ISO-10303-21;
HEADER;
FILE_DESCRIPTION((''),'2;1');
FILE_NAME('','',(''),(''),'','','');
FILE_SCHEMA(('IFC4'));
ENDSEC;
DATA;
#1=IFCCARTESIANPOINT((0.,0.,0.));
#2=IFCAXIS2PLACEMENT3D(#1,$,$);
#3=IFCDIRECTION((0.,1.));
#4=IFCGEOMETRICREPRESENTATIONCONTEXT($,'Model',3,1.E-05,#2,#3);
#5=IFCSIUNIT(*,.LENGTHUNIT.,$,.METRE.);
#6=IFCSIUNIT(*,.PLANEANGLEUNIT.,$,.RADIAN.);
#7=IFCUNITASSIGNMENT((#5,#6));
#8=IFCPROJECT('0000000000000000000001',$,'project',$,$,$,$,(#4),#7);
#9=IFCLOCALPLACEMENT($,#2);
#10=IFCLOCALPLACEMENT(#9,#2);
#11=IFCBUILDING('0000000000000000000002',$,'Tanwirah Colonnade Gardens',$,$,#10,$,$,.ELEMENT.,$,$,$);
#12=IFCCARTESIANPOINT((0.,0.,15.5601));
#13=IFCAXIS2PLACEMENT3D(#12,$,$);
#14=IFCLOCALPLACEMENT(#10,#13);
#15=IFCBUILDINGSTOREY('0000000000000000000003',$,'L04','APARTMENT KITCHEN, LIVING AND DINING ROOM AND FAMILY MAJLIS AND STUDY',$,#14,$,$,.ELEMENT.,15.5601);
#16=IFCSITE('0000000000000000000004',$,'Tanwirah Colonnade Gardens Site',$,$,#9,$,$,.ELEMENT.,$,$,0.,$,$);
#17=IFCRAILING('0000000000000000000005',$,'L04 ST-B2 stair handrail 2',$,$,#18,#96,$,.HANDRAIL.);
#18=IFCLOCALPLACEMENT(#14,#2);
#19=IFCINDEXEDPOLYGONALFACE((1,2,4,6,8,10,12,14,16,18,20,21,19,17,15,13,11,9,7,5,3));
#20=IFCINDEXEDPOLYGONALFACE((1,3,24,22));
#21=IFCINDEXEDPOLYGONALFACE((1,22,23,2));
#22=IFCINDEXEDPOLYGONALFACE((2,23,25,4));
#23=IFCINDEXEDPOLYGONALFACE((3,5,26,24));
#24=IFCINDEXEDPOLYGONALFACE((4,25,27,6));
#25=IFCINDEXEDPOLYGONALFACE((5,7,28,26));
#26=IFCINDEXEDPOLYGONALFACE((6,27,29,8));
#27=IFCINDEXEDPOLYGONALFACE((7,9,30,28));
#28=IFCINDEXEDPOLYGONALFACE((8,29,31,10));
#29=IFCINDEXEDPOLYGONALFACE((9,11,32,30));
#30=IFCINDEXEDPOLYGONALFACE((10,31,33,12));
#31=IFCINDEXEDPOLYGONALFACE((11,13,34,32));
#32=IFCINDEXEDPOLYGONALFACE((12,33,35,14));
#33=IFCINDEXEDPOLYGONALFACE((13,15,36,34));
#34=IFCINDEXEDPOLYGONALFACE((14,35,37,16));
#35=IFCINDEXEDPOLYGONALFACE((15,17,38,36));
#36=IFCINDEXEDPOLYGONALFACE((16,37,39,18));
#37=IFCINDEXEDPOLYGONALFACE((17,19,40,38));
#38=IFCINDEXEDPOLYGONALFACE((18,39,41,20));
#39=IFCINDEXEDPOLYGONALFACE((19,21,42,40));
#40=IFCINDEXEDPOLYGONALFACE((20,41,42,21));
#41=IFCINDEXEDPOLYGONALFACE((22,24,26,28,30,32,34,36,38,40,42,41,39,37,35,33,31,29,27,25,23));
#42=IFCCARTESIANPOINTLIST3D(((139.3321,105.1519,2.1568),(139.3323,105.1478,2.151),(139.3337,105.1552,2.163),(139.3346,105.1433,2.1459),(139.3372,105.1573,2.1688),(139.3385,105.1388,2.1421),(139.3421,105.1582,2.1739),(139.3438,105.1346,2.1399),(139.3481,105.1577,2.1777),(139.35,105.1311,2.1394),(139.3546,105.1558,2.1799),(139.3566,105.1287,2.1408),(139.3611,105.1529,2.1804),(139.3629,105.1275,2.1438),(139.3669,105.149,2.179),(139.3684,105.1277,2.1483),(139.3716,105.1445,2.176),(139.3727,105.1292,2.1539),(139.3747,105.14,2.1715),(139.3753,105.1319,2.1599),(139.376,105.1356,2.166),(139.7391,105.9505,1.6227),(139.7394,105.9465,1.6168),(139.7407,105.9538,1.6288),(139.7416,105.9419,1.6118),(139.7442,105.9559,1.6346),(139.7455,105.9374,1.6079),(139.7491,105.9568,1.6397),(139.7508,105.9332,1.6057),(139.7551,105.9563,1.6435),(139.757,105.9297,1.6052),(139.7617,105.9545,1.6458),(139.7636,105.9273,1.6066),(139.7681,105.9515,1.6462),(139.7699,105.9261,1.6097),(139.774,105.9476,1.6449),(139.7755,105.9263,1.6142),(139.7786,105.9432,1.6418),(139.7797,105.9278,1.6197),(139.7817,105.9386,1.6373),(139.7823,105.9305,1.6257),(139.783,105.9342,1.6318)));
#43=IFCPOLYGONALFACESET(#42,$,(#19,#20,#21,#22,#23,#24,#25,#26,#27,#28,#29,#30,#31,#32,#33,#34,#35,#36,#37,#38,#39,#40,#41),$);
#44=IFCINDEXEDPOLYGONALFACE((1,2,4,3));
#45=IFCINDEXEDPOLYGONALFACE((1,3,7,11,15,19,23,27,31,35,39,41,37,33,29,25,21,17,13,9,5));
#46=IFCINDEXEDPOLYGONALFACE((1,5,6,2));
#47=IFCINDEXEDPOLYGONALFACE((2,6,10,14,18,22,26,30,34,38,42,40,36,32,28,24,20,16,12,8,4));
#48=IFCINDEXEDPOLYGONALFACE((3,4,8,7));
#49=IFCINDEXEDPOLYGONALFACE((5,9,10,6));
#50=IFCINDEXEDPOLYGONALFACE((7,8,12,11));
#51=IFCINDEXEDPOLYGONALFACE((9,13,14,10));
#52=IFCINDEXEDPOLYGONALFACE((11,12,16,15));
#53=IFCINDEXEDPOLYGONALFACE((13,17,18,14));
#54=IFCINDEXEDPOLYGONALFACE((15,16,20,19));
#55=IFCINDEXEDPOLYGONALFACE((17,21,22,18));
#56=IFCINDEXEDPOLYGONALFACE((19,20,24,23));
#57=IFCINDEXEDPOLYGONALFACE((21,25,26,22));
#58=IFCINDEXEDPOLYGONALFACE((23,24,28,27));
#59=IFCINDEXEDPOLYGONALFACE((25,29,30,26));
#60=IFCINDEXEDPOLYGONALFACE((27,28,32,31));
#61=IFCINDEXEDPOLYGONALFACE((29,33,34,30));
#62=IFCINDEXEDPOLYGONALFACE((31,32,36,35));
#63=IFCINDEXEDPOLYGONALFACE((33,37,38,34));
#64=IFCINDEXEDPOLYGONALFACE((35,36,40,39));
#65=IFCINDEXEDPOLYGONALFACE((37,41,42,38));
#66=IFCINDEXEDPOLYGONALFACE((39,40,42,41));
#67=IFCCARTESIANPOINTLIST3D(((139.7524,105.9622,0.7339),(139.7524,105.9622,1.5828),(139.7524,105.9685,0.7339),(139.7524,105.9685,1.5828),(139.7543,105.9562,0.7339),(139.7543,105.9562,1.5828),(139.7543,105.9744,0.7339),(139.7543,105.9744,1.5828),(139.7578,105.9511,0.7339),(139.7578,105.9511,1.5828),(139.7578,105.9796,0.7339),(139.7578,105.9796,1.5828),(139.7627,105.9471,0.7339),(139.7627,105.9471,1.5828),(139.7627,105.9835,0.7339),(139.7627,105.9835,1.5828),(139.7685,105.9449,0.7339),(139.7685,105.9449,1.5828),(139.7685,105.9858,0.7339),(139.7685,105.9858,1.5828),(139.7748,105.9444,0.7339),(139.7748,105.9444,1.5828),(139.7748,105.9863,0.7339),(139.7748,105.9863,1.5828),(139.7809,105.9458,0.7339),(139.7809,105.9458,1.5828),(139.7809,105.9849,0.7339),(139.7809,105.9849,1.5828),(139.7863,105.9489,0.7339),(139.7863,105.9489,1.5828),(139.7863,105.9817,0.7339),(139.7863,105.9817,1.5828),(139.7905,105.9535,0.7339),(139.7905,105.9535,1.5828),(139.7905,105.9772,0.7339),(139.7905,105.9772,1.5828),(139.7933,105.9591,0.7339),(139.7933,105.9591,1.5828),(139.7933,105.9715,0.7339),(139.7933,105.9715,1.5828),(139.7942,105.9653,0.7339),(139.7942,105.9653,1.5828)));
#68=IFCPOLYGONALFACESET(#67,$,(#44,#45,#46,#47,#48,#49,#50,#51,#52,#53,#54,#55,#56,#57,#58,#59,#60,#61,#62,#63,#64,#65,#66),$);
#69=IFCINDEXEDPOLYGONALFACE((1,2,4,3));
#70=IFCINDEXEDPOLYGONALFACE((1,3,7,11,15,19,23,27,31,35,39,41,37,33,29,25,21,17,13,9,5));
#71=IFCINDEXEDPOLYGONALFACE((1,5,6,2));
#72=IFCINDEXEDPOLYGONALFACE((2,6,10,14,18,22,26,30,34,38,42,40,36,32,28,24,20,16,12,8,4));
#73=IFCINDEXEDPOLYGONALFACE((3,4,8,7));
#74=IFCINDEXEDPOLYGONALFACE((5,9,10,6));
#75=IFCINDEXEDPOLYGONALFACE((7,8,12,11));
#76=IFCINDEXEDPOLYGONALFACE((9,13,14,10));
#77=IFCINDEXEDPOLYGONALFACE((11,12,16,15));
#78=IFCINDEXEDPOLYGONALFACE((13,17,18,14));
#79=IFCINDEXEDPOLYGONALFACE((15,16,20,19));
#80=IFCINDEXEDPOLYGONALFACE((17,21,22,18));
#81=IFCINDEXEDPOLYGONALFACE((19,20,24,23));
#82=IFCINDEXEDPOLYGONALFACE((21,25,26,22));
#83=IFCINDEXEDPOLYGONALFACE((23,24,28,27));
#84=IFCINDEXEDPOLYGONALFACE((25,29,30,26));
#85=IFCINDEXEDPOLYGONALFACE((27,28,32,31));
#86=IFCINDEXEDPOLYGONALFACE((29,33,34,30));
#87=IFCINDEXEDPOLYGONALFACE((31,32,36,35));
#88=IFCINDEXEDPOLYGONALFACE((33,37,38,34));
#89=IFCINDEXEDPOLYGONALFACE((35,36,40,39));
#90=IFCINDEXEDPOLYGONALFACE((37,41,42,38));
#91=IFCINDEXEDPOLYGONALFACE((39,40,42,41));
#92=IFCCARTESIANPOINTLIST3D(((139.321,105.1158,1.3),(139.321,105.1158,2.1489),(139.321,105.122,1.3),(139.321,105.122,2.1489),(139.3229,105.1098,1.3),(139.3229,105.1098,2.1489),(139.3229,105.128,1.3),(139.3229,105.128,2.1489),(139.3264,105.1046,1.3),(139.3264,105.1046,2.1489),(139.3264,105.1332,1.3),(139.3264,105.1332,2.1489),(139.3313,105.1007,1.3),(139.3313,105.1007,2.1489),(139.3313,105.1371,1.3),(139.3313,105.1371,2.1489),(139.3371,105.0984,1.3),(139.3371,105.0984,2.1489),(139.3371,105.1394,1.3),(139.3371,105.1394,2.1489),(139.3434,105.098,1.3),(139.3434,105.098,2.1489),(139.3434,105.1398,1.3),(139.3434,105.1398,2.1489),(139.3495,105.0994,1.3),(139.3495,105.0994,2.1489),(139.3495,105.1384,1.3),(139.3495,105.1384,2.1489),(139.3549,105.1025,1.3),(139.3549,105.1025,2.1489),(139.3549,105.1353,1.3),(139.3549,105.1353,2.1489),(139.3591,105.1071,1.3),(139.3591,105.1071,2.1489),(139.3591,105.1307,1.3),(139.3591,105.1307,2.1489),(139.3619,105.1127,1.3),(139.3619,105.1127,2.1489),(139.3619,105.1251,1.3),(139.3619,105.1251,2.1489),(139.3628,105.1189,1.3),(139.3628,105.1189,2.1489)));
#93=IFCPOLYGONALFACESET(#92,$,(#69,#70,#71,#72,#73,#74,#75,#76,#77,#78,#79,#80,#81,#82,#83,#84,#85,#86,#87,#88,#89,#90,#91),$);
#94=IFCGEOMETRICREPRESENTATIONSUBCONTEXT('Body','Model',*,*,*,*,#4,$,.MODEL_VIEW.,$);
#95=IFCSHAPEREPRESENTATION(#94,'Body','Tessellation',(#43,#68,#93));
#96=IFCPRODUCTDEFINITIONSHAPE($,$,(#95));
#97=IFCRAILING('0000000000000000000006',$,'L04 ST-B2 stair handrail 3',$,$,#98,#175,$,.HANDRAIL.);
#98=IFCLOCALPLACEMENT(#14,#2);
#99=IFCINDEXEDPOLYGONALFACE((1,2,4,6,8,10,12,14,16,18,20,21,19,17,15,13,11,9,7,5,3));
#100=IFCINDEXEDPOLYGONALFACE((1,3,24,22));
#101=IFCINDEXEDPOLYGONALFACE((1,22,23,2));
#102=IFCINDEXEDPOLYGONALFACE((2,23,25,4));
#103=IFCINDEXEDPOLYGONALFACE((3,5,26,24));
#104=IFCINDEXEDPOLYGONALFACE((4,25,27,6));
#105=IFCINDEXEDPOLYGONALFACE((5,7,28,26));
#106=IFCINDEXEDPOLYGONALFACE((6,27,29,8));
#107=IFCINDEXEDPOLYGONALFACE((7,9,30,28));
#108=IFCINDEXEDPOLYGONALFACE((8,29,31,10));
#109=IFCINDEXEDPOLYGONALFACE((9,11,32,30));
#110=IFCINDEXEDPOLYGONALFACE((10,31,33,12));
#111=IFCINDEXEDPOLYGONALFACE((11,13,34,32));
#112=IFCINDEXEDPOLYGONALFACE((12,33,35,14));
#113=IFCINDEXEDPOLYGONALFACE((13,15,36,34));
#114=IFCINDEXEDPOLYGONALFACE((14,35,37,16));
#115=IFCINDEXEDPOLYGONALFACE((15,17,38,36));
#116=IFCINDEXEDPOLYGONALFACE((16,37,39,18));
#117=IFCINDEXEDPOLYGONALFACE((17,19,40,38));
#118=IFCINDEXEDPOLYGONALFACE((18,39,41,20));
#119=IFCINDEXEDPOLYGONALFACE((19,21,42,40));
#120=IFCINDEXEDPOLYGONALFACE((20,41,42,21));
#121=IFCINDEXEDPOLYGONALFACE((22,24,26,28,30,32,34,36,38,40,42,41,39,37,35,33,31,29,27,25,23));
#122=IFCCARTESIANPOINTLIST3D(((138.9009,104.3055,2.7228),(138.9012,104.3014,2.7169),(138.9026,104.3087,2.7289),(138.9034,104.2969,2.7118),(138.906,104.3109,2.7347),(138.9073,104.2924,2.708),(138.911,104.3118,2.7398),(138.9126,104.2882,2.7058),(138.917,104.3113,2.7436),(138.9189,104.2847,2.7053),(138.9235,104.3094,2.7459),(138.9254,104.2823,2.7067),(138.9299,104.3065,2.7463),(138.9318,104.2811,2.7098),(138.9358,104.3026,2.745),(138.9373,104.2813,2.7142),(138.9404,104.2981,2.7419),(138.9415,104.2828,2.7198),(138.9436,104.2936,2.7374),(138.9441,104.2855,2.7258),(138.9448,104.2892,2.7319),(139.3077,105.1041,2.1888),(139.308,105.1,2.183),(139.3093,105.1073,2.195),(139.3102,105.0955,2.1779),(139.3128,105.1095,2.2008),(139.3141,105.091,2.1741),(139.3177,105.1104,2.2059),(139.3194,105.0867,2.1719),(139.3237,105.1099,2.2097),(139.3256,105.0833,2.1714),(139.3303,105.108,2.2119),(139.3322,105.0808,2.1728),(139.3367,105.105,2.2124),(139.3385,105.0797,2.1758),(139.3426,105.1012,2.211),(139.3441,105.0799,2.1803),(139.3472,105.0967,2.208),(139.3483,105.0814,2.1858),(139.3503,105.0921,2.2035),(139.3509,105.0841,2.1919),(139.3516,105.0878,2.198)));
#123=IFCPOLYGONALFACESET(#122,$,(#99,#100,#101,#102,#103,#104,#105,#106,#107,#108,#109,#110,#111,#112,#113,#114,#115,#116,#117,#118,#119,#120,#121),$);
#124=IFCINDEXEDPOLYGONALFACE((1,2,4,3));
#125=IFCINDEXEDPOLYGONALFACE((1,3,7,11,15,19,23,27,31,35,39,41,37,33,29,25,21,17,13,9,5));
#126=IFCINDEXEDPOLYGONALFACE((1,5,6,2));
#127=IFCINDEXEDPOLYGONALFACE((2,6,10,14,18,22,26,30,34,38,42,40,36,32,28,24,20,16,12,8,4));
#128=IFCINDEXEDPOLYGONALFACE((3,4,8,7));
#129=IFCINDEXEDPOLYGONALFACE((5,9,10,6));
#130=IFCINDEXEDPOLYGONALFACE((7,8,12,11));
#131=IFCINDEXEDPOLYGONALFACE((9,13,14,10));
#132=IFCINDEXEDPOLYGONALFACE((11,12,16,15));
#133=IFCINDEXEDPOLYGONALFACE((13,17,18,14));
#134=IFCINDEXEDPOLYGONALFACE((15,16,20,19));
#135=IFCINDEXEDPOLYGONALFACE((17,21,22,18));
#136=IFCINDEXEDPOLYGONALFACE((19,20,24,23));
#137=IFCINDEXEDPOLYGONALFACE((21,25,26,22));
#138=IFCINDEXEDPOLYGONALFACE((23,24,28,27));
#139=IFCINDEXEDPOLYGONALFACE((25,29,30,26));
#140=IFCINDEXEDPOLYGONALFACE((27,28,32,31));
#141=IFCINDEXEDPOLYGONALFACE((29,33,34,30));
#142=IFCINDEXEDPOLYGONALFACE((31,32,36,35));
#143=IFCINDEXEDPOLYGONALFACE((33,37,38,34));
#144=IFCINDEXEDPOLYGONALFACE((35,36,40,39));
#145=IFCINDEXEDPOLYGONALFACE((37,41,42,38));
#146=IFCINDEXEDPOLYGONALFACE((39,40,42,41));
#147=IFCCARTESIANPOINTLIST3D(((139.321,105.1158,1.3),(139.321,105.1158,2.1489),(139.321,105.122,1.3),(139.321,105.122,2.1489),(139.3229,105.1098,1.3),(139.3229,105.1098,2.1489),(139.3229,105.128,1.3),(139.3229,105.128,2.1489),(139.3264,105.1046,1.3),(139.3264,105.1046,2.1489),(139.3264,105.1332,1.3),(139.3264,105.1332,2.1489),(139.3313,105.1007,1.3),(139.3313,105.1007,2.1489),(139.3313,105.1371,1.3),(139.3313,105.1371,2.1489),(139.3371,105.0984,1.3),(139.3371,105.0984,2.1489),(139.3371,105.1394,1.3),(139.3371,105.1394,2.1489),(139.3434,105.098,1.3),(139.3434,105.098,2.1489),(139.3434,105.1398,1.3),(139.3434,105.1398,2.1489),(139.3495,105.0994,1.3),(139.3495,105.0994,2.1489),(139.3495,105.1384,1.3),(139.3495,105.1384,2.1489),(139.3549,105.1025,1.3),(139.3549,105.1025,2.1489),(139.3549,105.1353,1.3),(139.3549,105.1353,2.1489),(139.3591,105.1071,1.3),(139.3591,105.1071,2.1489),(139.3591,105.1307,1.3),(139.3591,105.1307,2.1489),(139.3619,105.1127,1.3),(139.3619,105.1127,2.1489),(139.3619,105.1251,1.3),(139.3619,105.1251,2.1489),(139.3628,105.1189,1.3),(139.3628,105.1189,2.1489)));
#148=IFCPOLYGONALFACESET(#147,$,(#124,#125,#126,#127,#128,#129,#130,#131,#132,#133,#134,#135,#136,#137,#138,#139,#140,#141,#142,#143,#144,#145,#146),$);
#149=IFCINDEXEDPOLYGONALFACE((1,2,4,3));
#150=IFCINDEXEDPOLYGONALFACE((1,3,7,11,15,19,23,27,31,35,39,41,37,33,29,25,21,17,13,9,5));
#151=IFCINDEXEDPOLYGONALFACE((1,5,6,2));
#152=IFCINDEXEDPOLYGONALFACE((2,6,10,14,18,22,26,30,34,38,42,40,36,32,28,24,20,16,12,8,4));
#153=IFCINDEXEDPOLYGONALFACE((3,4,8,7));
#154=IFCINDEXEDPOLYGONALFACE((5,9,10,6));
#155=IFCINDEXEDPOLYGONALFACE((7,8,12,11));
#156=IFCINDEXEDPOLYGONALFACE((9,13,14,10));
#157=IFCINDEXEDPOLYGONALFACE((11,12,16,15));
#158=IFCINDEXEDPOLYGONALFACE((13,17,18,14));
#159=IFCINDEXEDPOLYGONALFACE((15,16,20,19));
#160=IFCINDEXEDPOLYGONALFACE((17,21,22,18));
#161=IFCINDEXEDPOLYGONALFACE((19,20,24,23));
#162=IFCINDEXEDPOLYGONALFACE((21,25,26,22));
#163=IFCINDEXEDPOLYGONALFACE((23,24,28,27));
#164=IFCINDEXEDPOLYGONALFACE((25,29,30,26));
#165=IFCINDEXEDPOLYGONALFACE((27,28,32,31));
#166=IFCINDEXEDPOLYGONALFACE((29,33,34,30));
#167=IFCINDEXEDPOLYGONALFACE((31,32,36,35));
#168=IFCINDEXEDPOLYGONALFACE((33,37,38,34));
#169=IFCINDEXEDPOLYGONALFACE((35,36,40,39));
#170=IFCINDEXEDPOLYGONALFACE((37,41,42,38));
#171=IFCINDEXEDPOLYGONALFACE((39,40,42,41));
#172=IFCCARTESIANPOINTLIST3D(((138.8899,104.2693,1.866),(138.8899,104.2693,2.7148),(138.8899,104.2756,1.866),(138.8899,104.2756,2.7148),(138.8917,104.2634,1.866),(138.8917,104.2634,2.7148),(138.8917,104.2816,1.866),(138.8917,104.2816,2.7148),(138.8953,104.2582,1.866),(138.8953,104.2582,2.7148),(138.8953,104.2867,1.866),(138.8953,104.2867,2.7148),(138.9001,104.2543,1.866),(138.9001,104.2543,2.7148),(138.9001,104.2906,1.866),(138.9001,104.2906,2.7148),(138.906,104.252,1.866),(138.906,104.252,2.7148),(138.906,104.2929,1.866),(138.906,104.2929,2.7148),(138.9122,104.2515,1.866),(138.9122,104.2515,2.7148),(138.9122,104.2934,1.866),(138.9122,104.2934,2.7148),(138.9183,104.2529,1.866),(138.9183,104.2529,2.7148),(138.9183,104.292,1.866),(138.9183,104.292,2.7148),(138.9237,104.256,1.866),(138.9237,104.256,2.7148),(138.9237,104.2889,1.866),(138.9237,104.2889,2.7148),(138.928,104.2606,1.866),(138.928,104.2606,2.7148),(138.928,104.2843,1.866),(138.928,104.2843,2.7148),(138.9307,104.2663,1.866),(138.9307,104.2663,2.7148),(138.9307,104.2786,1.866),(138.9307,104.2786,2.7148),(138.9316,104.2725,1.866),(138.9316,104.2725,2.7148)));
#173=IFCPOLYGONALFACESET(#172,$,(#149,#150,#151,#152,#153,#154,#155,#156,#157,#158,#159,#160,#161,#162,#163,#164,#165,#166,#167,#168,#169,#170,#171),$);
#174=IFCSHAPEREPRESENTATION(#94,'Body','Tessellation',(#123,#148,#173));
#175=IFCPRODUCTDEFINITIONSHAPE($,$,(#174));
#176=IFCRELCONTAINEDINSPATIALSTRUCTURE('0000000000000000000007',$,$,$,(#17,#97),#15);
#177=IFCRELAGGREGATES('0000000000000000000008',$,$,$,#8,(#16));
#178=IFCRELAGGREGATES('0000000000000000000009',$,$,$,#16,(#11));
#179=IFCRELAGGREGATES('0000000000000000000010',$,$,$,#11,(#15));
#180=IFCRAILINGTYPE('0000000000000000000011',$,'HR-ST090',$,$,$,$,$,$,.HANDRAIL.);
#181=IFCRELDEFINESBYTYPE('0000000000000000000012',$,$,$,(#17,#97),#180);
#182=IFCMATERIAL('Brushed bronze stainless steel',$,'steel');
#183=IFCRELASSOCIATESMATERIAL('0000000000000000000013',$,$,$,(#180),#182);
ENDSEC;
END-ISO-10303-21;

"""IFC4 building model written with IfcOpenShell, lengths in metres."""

from ifc_helpers import new_model, si_unit, direction, frame, origin, origin_2d, place, context, subcontext, project, spatial, circle, extrude, material, type_object, element, save


model = new_model("IFC4")

# Units and contexts
model_context = context("Model", 3, precision=1e-05, world=origin(), true_north=direction((0.0, 1.0)))
body_context = subcontext(model_context, "Body", "Model", "MODEL_VIEW")
ifc_project = project(units=[si_unit("LENGTHUNIT", "METRE"), si_unit("PLANEANGLEUNIT", "RADIAN")], contexts=[model_context])

# Site, building, storey
site_placement = place(None, origin())
site = spatial("IfcSite", under=ifc_project, at=site_placement, Name="Tanwirah Colonnade Gardens Site", CompositionType="ELEMENT", RefElevation=0.0)
building_placement = place(site_placement, origin())
building = spatial("IfcBuilding", under=site, at=building_placement, Name="Tanwirah Colonnade Gardens", CompositionType="ELEMENT")
storey_placement = place(building_placement, frame((0.0, 0.0, 15.5601)))
storey = spatial("IfcBuildingStorey", under=building, at=storey_placement, Name="L04", Description="APARTMENT KITCHEN, LIVING AND DINING ROOM AND FAMILY MAJLIS AND STUDY", CompositionType="ELEMENT", Elevation=15.5601)

# Railings
ifc_material_1 = material(Name="Brushed bronze stainless steel", Category="steel")
railing_type_1 = type_object("IfcRailingType", Name="HR-ST090", PredefinedType="HANDRAIL", material=ifc_material_1)
railing_1_placement = place(storey_placement, frame((139.7732, 105.9653, 0.7339)))
element("IfcRailing", 1, at=railing_1_placement, inside=storey, type_object=railing_type_1, Name="L04 ST-B2 stair handrail 2", PredefinedType="HANDRAIL", context=body_context, shape_type="SweptSolid", body=[
    extrude(circle(Radius=0.0239, at=origin_2d()), frame((-0.0122, -0.0239, 0.8918), z_axis=(-0.390073, -0.765356, 0.51193), x_axis=(0.890957, -0.454087, 0.0)), (0.0, 0.0, 1.0), 1.0435),
    extrude(circle(Radius=0.021, at=origin_2d()), origin(), (0.0, 0.0, 1.0), 0.8489),
    extrude(circle(Radius=0.021, at=origin_2d()), frame((-0.4314, -0.8464, 0.5662)), (0.0, 0.0, 1.0), 0.8489),
])
railing_2_placement = place(storey_placement, frame((139.3418, 105.1189, 1.3)))
element("IfcRailing", 2, at=railing_2_placement, inside=storey, type_object=railing_type_1, Name="L04 ST-B2 stair handrail 3", PredefinedType="HANDRAIL", context=body_context, shape_type="SweptSolid", body=[
    extrude(circle(Radius=0.0239, at=origin_2d()), frame((-0.0122, -0.0239, 0.8918), z_axis=(-0.38993, -0.765509, 0.511811), x_axis=(0.891061, -0.453883, 0.0)), (0.0, 0.0, 1.0), 1.0432),
    extrude(circle(Radius=0.021, at=origin_2d()), origin(), (0.0, 0.0, 1.0), 0.8489),
    extrude(circle(Radius=0.021, at=origin_2d()), frame((-0.4312, -0.8464, 0.5659)), (0.0, 0.0, 1.0), 0.8489),
])

save(model, "model.ifc")
